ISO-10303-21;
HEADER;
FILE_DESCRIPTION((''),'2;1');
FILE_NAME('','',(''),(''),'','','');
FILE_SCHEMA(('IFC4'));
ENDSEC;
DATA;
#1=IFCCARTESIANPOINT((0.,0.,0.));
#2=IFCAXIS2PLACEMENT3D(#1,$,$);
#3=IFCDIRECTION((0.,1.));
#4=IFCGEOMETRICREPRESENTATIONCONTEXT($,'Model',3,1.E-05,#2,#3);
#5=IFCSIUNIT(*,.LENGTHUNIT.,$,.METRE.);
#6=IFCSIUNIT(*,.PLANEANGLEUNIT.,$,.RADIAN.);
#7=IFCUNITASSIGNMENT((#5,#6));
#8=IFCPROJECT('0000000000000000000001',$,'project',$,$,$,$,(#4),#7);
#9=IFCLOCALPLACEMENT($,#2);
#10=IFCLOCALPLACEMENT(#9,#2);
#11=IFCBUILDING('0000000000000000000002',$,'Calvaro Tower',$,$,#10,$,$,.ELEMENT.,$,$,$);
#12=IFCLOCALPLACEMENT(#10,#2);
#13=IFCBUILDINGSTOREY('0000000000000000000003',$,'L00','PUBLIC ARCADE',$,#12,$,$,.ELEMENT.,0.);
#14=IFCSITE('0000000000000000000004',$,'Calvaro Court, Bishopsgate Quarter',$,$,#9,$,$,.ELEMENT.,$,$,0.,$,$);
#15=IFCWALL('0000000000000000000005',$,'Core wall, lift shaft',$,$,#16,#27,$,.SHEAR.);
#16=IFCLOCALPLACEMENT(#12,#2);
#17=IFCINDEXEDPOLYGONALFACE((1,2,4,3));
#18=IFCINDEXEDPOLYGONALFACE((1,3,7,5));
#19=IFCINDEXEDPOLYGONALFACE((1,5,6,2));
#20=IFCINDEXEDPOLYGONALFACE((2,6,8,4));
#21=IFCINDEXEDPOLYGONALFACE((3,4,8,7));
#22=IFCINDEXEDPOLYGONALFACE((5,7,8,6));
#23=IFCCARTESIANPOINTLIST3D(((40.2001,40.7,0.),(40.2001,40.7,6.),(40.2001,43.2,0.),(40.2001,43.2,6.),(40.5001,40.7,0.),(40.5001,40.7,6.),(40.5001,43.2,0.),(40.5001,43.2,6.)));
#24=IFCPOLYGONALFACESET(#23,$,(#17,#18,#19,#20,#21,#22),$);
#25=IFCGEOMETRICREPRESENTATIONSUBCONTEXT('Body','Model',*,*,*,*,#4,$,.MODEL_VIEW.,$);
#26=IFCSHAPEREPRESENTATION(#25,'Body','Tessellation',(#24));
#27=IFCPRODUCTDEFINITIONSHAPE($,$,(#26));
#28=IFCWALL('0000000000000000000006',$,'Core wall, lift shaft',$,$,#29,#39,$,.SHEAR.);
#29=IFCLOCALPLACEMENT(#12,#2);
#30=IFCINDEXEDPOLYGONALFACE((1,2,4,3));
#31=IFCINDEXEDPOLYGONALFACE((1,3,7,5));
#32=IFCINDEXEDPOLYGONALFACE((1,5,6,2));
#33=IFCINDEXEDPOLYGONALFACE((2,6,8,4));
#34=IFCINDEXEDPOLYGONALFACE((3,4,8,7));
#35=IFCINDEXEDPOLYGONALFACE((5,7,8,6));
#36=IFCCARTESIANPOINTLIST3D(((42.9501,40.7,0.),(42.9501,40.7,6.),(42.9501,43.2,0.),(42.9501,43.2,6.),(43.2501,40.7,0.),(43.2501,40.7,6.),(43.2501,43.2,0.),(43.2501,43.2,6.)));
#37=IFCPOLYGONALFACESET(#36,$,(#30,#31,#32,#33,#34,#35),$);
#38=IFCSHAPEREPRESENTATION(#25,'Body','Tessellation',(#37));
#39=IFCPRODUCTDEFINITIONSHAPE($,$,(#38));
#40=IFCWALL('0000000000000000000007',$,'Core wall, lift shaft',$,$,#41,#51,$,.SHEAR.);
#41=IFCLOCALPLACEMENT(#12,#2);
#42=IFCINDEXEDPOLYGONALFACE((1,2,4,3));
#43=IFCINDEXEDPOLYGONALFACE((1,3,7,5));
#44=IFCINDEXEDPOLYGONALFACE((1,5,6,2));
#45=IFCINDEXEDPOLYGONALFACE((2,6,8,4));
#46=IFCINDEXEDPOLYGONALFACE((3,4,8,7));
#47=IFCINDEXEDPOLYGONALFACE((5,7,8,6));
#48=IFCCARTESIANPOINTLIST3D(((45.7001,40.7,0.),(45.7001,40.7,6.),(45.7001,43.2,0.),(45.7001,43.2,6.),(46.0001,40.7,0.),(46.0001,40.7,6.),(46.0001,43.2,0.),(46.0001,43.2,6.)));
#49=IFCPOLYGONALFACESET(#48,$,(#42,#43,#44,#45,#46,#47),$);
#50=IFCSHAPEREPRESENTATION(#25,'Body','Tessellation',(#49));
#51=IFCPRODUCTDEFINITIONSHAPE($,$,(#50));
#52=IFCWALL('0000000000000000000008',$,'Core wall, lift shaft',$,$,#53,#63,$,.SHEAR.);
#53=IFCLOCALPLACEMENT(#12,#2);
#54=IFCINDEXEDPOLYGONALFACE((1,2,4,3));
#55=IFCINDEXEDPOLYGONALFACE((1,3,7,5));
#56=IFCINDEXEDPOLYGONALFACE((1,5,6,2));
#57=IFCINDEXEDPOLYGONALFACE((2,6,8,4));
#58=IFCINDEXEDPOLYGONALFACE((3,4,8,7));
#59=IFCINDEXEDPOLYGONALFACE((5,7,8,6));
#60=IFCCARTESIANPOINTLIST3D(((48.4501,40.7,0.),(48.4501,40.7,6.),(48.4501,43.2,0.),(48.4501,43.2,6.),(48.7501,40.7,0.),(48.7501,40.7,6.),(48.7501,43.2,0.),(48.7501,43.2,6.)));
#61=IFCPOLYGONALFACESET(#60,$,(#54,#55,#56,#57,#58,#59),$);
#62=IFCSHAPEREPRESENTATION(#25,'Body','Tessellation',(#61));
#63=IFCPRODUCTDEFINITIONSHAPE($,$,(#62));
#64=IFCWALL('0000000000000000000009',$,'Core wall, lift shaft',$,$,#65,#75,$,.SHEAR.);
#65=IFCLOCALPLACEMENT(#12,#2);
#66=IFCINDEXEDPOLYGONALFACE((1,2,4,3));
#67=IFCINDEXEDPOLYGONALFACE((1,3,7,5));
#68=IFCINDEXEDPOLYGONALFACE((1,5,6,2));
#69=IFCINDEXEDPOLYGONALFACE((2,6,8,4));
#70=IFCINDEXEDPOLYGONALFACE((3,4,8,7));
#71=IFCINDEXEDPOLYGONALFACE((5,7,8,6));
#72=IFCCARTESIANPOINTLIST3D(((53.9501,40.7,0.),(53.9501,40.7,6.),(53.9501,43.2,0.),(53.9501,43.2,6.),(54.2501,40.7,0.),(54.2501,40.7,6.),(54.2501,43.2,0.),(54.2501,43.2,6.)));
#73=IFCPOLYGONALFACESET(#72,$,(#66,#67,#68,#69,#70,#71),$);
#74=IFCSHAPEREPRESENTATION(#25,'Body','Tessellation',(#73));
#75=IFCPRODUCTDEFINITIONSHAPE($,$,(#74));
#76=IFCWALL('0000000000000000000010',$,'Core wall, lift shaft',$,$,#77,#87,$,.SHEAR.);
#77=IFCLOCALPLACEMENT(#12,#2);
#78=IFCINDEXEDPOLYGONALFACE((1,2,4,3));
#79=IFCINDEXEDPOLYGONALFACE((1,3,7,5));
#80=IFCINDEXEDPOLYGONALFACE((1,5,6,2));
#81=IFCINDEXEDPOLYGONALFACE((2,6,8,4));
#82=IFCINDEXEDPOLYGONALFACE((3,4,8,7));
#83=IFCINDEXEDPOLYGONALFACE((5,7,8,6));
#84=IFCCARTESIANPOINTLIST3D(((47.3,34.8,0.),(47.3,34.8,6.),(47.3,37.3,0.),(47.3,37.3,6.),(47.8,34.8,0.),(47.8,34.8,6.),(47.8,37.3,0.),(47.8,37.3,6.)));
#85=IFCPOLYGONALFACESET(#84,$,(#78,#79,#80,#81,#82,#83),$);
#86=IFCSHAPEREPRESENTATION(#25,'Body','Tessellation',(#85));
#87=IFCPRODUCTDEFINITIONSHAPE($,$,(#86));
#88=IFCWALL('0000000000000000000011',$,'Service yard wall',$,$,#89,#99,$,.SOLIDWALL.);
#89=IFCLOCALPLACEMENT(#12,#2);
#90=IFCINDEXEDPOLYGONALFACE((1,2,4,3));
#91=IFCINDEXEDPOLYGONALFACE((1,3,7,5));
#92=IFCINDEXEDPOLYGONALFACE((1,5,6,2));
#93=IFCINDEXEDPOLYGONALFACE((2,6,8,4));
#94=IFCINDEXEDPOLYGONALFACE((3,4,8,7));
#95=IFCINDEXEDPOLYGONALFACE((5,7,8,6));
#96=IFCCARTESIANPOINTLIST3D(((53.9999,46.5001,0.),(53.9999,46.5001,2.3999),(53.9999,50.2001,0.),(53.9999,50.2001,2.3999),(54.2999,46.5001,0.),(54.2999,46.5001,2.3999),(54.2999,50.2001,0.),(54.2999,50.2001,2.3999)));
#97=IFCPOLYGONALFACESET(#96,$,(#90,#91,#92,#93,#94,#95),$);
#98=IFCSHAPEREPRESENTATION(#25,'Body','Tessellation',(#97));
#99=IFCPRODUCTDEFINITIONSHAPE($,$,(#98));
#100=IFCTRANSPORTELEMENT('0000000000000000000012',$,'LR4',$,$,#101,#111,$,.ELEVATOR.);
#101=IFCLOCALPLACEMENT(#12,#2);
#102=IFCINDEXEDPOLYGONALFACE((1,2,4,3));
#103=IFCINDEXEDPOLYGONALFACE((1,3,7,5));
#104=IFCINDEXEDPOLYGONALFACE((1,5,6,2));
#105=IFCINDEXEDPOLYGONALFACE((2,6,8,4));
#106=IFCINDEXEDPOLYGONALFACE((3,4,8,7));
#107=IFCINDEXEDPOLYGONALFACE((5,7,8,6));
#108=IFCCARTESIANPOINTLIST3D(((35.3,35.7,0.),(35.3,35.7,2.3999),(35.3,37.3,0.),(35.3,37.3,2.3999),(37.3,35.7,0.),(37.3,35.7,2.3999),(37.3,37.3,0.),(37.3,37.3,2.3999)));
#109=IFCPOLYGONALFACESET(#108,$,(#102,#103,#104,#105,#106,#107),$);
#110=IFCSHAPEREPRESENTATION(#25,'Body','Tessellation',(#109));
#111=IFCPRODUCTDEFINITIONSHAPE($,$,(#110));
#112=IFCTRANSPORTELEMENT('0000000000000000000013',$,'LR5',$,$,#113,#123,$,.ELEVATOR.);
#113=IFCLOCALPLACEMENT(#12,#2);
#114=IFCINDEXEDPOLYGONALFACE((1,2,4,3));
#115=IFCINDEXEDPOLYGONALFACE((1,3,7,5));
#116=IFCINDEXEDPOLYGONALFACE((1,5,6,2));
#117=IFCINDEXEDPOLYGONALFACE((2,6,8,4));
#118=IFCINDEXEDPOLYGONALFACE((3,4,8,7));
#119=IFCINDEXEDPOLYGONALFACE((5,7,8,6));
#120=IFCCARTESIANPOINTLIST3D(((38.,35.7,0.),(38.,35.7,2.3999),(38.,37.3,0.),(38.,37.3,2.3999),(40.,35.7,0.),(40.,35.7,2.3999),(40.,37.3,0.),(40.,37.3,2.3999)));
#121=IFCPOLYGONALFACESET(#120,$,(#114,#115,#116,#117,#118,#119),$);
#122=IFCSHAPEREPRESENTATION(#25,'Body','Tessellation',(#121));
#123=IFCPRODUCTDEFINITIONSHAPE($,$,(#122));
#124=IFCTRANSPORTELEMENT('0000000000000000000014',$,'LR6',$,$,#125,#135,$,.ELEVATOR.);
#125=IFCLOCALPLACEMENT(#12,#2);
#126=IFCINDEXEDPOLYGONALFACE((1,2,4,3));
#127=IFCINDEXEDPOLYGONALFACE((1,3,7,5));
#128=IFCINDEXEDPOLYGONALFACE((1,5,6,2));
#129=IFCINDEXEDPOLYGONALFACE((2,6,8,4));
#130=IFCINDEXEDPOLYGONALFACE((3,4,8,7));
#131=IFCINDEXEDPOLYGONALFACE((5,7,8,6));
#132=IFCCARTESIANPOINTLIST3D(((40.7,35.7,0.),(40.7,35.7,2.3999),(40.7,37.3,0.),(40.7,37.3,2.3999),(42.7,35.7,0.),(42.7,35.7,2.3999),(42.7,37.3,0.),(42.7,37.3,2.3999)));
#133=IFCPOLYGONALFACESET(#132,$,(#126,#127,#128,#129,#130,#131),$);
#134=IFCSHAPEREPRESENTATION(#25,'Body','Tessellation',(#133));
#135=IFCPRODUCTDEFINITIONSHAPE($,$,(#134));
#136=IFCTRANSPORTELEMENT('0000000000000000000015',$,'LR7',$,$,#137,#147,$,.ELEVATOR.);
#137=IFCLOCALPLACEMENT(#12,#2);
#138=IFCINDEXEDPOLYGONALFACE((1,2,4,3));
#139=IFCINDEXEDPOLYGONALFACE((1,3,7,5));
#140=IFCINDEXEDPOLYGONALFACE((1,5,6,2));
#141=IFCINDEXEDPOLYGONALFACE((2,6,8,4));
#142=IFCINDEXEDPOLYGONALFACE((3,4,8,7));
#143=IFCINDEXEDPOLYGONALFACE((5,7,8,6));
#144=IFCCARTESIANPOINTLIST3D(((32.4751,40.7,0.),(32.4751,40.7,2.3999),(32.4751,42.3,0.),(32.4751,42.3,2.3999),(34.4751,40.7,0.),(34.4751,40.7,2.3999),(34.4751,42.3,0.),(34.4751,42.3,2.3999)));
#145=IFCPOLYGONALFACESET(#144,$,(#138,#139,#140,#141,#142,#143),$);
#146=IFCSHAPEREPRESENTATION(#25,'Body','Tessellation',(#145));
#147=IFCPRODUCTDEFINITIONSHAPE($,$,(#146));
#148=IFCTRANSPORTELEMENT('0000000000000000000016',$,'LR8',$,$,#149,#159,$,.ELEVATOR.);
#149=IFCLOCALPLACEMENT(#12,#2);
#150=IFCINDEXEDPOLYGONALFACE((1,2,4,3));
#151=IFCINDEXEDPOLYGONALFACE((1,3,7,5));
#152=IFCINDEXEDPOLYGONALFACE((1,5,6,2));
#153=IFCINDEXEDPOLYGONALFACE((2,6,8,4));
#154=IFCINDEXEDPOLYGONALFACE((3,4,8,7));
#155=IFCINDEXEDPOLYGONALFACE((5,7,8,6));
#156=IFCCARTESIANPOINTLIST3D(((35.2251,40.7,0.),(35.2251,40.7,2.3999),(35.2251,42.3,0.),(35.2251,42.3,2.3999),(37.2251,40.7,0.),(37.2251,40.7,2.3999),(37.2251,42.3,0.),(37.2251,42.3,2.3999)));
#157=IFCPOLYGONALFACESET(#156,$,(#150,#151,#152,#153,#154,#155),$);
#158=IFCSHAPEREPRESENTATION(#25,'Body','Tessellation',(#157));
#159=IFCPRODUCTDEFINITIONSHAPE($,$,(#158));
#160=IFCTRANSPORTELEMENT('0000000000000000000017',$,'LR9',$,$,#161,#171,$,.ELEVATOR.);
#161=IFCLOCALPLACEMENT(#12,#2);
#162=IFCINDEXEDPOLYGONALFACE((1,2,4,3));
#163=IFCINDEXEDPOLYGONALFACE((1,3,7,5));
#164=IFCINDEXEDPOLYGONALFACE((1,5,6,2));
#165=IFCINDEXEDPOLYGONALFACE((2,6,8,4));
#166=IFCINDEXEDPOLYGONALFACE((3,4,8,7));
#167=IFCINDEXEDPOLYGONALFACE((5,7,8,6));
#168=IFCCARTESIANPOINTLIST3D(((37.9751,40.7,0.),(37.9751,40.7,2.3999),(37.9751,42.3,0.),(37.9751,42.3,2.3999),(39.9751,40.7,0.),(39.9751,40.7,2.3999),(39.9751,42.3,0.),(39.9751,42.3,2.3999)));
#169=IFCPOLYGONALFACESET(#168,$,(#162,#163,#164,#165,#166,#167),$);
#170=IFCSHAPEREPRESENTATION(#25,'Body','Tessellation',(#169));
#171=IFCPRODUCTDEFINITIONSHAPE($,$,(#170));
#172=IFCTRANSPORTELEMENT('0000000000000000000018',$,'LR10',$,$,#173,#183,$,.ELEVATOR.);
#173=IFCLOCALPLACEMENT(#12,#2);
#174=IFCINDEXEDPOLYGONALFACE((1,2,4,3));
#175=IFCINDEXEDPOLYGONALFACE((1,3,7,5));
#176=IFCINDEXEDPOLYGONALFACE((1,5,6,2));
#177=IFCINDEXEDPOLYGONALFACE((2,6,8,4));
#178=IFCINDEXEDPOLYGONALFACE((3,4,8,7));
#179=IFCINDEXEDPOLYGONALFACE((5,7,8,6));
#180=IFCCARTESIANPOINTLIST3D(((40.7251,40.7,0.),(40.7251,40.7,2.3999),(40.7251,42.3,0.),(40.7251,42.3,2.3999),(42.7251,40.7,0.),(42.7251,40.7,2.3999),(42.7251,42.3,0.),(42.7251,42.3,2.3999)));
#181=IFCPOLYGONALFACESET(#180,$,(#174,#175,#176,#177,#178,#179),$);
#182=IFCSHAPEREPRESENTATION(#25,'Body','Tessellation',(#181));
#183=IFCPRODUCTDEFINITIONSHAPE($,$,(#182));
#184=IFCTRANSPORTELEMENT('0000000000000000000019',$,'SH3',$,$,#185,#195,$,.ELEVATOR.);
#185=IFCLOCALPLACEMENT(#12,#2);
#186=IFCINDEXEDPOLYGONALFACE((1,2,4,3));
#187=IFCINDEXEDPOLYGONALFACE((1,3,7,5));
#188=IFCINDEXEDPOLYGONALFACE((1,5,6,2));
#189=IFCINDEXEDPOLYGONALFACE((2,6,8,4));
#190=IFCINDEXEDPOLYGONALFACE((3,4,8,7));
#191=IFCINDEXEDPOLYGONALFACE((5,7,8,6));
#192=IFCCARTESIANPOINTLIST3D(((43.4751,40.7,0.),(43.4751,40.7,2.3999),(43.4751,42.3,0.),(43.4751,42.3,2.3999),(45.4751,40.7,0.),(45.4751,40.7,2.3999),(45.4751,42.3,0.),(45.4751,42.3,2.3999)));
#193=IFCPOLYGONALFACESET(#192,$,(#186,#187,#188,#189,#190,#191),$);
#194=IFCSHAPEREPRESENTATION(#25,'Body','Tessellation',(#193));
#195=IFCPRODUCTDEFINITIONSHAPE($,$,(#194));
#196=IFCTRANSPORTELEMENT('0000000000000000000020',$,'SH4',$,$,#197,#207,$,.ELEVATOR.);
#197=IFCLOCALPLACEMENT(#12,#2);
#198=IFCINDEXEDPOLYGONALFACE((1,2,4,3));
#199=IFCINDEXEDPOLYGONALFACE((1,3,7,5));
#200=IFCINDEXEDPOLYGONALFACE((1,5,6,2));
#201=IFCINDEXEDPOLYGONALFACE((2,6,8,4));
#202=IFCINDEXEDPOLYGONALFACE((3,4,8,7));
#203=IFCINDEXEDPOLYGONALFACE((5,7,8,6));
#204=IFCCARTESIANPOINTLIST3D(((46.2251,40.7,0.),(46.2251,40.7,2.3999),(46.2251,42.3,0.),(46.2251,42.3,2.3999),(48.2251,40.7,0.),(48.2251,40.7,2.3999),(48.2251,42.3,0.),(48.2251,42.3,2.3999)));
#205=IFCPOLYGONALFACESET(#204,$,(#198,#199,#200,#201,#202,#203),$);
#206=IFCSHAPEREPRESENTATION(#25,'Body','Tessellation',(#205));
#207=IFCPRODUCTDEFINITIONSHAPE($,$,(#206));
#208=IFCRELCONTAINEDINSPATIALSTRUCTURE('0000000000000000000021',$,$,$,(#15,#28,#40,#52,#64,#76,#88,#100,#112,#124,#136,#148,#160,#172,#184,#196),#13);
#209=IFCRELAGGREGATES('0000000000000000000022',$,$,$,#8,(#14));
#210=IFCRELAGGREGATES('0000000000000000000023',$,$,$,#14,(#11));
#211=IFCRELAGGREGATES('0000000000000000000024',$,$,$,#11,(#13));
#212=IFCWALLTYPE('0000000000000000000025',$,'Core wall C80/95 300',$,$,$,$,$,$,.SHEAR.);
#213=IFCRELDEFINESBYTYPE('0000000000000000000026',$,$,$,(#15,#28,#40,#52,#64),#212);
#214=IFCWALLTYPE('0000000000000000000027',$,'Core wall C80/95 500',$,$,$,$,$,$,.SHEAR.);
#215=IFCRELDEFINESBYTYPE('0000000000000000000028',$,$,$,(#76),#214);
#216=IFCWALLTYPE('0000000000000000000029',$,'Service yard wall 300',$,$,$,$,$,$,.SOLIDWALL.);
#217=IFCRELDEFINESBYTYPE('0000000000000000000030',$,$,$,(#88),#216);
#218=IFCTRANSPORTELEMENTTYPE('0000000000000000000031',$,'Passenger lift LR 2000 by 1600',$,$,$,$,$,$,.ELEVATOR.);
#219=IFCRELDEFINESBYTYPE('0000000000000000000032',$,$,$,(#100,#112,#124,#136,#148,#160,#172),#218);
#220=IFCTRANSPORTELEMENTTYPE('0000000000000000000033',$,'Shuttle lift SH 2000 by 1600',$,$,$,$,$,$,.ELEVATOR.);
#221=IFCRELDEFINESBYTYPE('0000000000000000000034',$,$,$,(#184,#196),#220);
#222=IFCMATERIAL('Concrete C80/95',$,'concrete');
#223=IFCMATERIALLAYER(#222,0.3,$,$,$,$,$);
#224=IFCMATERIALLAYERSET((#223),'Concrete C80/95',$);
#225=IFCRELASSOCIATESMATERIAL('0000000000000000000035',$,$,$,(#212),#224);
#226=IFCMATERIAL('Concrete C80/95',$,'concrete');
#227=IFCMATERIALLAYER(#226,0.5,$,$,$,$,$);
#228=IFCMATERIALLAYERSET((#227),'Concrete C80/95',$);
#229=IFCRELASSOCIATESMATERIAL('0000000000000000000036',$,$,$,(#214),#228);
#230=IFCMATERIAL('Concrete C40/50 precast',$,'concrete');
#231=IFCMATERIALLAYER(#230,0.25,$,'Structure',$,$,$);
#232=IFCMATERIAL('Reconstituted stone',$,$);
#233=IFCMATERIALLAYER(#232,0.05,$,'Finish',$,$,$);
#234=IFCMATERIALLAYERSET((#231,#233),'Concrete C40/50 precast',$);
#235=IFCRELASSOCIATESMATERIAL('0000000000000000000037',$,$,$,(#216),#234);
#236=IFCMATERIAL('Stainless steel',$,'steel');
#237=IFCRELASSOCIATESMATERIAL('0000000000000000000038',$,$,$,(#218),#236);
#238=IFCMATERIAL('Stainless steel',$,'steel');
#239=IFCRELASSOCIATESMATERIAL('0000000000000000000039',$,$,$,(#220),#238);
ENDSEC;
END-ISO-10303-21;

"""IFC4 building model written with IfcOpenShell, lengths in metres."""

from ifc_helpers import new_model, si_unit, direction, frame, frame_2d, origin, origin_2d, place, context, subcontext, project, spatial, rectangle, extrude, material, layer, layer_set, type_object, element, save


model = new_model("IFC4")

# Units and contexts
model_context = context("Model", 3, precision=1e-05, world=origin(), true_north=direction((0.0, 1.0)))
body_context = subcontext(model_context, "Body", "Model", "MODEL_VIEW")
ifc_project = project(units=[si_unit("LENGTHUNIT", "METRE"), si_unit("PLANEANGLEUNIT", "RADIAN")], contexts=[model_context])

# Site, building, storey
site_placement = place(None, origin())
site = spatial("IfcSite", under=ifc_project, at=site_placement, Name="Calvaro Court, Bishopsgate Quarter", CompositionType="ELEMENT", RefElevation=0.0)
building_placement = place(site_placement, origin())
building = spatial("IfcBuilding", under=site, at=building_placement, Name="Calvaro Tower", CompositionType="ELEMENT")
storey_placement = place(building_placement, origin())
storey = spatial("IfcBuildingStorey", under=building, at=storey_placement, Name="L00", Description="PUBLIC ARCADE", CompositionType="ELEMENT", Elevation=0.0)

# Shared definitions
ifc_material_1 = material(Name="Concrete C80/95", Category="concrete")
ifc_layer_1 = layer(ifc_material_1, 0.3)
ifc_layer_set_1 = layer_set([ifc_layer_1], Name="Concrete C80/95")
wall_type_1 = type_object("IfcWallType", Name="Core wall C80/95 300", PredefinedType="SHEAR", material=ifc_layer_set_1)

# Walls
for number, where, z_axis, x_axis, name in (
    (1, (40.3501, 40.7, 0.0), (0.0, 0.0, 1.0), (0.0, 1.0, 0.0), "Core wall, lift shaft"),
    (2, (43.1001, 40.7, 0.0), (0.0, 0.0, 1.0), (0.0, 1.0, 0.0), "Core wall, lift shaft"),
    (3, (45.8501, 40.7, 0.0), (0.0, 0.0, 1.0), (0.0, 1.0, 0.0), "Core wall, lift shaft"),
    (4, (48.6001, 40.7, 0.0), (0.0, 0.0, 1.0), (0.0, 1.0, 0.0), "Core wall, lift shaft"),
    (5, (54.1001, 40.7, 0.0), (0.0, 0.0, 1.0), (0.0, 1.0, 0.0), "Core wall, lift shaft"),
):
    element("IfcWall", number, at=place(storey_placement, frame(where, z_axis=z_axis, x_axis=x_axis)), inside=storey, type_object=wall_type_1, Name=name, PredefinedType="SHEAR", context=body_context, shape_type="SweptSolid", body=[
        extrude(rectangle(XDim=2.5, YDim=0.3, at=frame_2d((1.25, 0.0))), origin(), (0.0, 0.0, 1.0), 6.0),
    ])
ifc_material_2 = material(Name="Concrete C80/95", Category="concrete")
ifc_layer_2 = layer(ifc_material_2, 0.5)
ifc_layer_set_2 = layer_set([ifc_layer_2], Name="Concrete C80/95")
wall_type_2 = type_object("IfcWallType", Name="Core wall C80/95 500", PredefinedType="SHEAR", material=ifc_layer_set_2)
wall_1_placement = place(storey_placement, frame((47.55, 34.8, 0.0), z_axis=(0.0, 0.0, 1.0), x_axis=(0.0, 1.0, 0.0)))
element("IfcWall", 6, at=wall_1_placement, inside=storey, type_object=wall_type_2, Name="Core wall, lift shaft", PredefinedType="SHEAR", context=body_context, shape_type="SweptSolid", body=[
    extrude(rectangle(XDim=2.5, YDim=0.5, at=frame_2d((1.25, 0.0))), origin(), (0.0, 0.0, 1.0), 6.0),
])

# Shared definitions
ifc_material_3 = material(Name="Concrete C40/50 precast", Category="concrete")
ifc_layer_3 = layer(ifc_material_3, 0.25, Name="Structure")
ifc_material_4 = material(Name="Reconstituted stone")
ifc_layer_4 = layer(ifc_material_4, 0.05, Name="Finish")
ifc_layer_set_3 = layer_set([ifc_layer_3, ifc_layer_4], Name="Concrete C40/50 precast")
wall_type_3 = type_object("IfcWallType", Name="Service yard wall 300", PredefinedType="SOLIDWALL", material=ifc_layer_set_3)

# Wall
wall_2_placement = place(storey_placement, frame((54.1499, 46.5, 0.0), z_axis=(0.0, 0.0, 1.0), x_axis=(0.0, 1.0, 0.0)))
element("IfcWall", 7, at=wall_2_placement, inside=storey, type_object=wall_type_3, Name="Service yard wall", PredefinedType="SOLIDWALL", context=body_context, shape_type="SweptSolid", body=[
    extrude(rectangle(XDim=3.7, YDim=0.3, at=frame_2d((1.8501, 0.0))), origin(), (0.0, 0.0, 1.0), 2.3999),
])

# Transport elements
ifc_material_5 = material(Name="Stainless steel", Category="steel")
transport_element_type_1 = type_object("IfcTransportElementType", Name="Passenger lift LR 2000 by 1600", PredefinedType="ELEVATOR", material=ifc_material_5)
for number, where, z_axis, x_axis, name in (
    (8, (36.3, 36.5, 0.0), (0.0, 0.0, 1.0), (1.0, 0.0, 0.0), "LR4"),
    (9, (39.0, 36.5, 0.0), (0.0, 0.0, 1.0), (1.0, 0.0, 0.0), "LR5"),
    (10, (41.7, 36.5, 0.0), (0.0, 0.0, 1.0), (1.0, 0.0, 0.0), "LR6"),
    (11, (33.4751, 41.5, 0.0), (0.0, 0.0, 1.0), (1.0, 0.0, 0.0), "LR7"),
    (12, (36.2251, 41.5, 0.0), (0.0, 0.0, 1.0), (1.0, 0.0, 0.0), "LR8"),
    (13, (38.9751, 41.5, 0.0), (0.0, 0.0, 1.0), (1.0, 0.0, 0.0), "LR9"),
    (14, (41.7251, 41.5, 0.0), (0.0, 0.0, 1.0), (1.0, 0.0, 0.0), "LR10"),
):
    element("IfcTransportElement", number, at=place(storey_placement, frame(where, z_axis=z_axis, x_axis=x_axis)), inside=storey, type_object=transport_element_type_1, Name=name, PredefinedType="ELEVATOR", context=body_context, shape_type="SweptSolid", body=[
        extrude(rectangle(XDim=2.0, YDim=1.6001, at=origin_2d()), origin(), (0.0, 0.0, 1.0), 2.3999),
    ])
ifc_material_6 = material(Name="Stainless steel", Category="steel")
transport_element_type_2 = type_object("IfcTransportElementType", Name="Shuttle lift SH 2000 by 1600", PredefinedType="ELEVATOR", material=ifc_material_6)
for number, where, z_axis, x_axis, name in (
    (15, (44.4751, 41.5, 0.0), (0.0, 0.0, 1.0), (1.0, 0.0, 0.0), "SH3"),
    (16, (47.2251, 41.5, 0.0), (0.0, 0.0, 1.0), (1.0, 0.0, 0.0), "SH4"),
):
    element("IfcTransportElement", number, at=place(storey_placement, frame(where, z_axis=z_axis, x_axis=x_axis)), inside=storey, type_object=transport_element_type_2, Name=name, PredefinedType="ELEVATOR", context=body_context, shape_type="SweptSolid", body=[
        extrude(rectangle(XDim=2.0, YDim=1.6001, at=origin_2d()), origin(), (0.0, 0.0, 1.0), 2.3999),
    ])

save(model, "model.ifc")
